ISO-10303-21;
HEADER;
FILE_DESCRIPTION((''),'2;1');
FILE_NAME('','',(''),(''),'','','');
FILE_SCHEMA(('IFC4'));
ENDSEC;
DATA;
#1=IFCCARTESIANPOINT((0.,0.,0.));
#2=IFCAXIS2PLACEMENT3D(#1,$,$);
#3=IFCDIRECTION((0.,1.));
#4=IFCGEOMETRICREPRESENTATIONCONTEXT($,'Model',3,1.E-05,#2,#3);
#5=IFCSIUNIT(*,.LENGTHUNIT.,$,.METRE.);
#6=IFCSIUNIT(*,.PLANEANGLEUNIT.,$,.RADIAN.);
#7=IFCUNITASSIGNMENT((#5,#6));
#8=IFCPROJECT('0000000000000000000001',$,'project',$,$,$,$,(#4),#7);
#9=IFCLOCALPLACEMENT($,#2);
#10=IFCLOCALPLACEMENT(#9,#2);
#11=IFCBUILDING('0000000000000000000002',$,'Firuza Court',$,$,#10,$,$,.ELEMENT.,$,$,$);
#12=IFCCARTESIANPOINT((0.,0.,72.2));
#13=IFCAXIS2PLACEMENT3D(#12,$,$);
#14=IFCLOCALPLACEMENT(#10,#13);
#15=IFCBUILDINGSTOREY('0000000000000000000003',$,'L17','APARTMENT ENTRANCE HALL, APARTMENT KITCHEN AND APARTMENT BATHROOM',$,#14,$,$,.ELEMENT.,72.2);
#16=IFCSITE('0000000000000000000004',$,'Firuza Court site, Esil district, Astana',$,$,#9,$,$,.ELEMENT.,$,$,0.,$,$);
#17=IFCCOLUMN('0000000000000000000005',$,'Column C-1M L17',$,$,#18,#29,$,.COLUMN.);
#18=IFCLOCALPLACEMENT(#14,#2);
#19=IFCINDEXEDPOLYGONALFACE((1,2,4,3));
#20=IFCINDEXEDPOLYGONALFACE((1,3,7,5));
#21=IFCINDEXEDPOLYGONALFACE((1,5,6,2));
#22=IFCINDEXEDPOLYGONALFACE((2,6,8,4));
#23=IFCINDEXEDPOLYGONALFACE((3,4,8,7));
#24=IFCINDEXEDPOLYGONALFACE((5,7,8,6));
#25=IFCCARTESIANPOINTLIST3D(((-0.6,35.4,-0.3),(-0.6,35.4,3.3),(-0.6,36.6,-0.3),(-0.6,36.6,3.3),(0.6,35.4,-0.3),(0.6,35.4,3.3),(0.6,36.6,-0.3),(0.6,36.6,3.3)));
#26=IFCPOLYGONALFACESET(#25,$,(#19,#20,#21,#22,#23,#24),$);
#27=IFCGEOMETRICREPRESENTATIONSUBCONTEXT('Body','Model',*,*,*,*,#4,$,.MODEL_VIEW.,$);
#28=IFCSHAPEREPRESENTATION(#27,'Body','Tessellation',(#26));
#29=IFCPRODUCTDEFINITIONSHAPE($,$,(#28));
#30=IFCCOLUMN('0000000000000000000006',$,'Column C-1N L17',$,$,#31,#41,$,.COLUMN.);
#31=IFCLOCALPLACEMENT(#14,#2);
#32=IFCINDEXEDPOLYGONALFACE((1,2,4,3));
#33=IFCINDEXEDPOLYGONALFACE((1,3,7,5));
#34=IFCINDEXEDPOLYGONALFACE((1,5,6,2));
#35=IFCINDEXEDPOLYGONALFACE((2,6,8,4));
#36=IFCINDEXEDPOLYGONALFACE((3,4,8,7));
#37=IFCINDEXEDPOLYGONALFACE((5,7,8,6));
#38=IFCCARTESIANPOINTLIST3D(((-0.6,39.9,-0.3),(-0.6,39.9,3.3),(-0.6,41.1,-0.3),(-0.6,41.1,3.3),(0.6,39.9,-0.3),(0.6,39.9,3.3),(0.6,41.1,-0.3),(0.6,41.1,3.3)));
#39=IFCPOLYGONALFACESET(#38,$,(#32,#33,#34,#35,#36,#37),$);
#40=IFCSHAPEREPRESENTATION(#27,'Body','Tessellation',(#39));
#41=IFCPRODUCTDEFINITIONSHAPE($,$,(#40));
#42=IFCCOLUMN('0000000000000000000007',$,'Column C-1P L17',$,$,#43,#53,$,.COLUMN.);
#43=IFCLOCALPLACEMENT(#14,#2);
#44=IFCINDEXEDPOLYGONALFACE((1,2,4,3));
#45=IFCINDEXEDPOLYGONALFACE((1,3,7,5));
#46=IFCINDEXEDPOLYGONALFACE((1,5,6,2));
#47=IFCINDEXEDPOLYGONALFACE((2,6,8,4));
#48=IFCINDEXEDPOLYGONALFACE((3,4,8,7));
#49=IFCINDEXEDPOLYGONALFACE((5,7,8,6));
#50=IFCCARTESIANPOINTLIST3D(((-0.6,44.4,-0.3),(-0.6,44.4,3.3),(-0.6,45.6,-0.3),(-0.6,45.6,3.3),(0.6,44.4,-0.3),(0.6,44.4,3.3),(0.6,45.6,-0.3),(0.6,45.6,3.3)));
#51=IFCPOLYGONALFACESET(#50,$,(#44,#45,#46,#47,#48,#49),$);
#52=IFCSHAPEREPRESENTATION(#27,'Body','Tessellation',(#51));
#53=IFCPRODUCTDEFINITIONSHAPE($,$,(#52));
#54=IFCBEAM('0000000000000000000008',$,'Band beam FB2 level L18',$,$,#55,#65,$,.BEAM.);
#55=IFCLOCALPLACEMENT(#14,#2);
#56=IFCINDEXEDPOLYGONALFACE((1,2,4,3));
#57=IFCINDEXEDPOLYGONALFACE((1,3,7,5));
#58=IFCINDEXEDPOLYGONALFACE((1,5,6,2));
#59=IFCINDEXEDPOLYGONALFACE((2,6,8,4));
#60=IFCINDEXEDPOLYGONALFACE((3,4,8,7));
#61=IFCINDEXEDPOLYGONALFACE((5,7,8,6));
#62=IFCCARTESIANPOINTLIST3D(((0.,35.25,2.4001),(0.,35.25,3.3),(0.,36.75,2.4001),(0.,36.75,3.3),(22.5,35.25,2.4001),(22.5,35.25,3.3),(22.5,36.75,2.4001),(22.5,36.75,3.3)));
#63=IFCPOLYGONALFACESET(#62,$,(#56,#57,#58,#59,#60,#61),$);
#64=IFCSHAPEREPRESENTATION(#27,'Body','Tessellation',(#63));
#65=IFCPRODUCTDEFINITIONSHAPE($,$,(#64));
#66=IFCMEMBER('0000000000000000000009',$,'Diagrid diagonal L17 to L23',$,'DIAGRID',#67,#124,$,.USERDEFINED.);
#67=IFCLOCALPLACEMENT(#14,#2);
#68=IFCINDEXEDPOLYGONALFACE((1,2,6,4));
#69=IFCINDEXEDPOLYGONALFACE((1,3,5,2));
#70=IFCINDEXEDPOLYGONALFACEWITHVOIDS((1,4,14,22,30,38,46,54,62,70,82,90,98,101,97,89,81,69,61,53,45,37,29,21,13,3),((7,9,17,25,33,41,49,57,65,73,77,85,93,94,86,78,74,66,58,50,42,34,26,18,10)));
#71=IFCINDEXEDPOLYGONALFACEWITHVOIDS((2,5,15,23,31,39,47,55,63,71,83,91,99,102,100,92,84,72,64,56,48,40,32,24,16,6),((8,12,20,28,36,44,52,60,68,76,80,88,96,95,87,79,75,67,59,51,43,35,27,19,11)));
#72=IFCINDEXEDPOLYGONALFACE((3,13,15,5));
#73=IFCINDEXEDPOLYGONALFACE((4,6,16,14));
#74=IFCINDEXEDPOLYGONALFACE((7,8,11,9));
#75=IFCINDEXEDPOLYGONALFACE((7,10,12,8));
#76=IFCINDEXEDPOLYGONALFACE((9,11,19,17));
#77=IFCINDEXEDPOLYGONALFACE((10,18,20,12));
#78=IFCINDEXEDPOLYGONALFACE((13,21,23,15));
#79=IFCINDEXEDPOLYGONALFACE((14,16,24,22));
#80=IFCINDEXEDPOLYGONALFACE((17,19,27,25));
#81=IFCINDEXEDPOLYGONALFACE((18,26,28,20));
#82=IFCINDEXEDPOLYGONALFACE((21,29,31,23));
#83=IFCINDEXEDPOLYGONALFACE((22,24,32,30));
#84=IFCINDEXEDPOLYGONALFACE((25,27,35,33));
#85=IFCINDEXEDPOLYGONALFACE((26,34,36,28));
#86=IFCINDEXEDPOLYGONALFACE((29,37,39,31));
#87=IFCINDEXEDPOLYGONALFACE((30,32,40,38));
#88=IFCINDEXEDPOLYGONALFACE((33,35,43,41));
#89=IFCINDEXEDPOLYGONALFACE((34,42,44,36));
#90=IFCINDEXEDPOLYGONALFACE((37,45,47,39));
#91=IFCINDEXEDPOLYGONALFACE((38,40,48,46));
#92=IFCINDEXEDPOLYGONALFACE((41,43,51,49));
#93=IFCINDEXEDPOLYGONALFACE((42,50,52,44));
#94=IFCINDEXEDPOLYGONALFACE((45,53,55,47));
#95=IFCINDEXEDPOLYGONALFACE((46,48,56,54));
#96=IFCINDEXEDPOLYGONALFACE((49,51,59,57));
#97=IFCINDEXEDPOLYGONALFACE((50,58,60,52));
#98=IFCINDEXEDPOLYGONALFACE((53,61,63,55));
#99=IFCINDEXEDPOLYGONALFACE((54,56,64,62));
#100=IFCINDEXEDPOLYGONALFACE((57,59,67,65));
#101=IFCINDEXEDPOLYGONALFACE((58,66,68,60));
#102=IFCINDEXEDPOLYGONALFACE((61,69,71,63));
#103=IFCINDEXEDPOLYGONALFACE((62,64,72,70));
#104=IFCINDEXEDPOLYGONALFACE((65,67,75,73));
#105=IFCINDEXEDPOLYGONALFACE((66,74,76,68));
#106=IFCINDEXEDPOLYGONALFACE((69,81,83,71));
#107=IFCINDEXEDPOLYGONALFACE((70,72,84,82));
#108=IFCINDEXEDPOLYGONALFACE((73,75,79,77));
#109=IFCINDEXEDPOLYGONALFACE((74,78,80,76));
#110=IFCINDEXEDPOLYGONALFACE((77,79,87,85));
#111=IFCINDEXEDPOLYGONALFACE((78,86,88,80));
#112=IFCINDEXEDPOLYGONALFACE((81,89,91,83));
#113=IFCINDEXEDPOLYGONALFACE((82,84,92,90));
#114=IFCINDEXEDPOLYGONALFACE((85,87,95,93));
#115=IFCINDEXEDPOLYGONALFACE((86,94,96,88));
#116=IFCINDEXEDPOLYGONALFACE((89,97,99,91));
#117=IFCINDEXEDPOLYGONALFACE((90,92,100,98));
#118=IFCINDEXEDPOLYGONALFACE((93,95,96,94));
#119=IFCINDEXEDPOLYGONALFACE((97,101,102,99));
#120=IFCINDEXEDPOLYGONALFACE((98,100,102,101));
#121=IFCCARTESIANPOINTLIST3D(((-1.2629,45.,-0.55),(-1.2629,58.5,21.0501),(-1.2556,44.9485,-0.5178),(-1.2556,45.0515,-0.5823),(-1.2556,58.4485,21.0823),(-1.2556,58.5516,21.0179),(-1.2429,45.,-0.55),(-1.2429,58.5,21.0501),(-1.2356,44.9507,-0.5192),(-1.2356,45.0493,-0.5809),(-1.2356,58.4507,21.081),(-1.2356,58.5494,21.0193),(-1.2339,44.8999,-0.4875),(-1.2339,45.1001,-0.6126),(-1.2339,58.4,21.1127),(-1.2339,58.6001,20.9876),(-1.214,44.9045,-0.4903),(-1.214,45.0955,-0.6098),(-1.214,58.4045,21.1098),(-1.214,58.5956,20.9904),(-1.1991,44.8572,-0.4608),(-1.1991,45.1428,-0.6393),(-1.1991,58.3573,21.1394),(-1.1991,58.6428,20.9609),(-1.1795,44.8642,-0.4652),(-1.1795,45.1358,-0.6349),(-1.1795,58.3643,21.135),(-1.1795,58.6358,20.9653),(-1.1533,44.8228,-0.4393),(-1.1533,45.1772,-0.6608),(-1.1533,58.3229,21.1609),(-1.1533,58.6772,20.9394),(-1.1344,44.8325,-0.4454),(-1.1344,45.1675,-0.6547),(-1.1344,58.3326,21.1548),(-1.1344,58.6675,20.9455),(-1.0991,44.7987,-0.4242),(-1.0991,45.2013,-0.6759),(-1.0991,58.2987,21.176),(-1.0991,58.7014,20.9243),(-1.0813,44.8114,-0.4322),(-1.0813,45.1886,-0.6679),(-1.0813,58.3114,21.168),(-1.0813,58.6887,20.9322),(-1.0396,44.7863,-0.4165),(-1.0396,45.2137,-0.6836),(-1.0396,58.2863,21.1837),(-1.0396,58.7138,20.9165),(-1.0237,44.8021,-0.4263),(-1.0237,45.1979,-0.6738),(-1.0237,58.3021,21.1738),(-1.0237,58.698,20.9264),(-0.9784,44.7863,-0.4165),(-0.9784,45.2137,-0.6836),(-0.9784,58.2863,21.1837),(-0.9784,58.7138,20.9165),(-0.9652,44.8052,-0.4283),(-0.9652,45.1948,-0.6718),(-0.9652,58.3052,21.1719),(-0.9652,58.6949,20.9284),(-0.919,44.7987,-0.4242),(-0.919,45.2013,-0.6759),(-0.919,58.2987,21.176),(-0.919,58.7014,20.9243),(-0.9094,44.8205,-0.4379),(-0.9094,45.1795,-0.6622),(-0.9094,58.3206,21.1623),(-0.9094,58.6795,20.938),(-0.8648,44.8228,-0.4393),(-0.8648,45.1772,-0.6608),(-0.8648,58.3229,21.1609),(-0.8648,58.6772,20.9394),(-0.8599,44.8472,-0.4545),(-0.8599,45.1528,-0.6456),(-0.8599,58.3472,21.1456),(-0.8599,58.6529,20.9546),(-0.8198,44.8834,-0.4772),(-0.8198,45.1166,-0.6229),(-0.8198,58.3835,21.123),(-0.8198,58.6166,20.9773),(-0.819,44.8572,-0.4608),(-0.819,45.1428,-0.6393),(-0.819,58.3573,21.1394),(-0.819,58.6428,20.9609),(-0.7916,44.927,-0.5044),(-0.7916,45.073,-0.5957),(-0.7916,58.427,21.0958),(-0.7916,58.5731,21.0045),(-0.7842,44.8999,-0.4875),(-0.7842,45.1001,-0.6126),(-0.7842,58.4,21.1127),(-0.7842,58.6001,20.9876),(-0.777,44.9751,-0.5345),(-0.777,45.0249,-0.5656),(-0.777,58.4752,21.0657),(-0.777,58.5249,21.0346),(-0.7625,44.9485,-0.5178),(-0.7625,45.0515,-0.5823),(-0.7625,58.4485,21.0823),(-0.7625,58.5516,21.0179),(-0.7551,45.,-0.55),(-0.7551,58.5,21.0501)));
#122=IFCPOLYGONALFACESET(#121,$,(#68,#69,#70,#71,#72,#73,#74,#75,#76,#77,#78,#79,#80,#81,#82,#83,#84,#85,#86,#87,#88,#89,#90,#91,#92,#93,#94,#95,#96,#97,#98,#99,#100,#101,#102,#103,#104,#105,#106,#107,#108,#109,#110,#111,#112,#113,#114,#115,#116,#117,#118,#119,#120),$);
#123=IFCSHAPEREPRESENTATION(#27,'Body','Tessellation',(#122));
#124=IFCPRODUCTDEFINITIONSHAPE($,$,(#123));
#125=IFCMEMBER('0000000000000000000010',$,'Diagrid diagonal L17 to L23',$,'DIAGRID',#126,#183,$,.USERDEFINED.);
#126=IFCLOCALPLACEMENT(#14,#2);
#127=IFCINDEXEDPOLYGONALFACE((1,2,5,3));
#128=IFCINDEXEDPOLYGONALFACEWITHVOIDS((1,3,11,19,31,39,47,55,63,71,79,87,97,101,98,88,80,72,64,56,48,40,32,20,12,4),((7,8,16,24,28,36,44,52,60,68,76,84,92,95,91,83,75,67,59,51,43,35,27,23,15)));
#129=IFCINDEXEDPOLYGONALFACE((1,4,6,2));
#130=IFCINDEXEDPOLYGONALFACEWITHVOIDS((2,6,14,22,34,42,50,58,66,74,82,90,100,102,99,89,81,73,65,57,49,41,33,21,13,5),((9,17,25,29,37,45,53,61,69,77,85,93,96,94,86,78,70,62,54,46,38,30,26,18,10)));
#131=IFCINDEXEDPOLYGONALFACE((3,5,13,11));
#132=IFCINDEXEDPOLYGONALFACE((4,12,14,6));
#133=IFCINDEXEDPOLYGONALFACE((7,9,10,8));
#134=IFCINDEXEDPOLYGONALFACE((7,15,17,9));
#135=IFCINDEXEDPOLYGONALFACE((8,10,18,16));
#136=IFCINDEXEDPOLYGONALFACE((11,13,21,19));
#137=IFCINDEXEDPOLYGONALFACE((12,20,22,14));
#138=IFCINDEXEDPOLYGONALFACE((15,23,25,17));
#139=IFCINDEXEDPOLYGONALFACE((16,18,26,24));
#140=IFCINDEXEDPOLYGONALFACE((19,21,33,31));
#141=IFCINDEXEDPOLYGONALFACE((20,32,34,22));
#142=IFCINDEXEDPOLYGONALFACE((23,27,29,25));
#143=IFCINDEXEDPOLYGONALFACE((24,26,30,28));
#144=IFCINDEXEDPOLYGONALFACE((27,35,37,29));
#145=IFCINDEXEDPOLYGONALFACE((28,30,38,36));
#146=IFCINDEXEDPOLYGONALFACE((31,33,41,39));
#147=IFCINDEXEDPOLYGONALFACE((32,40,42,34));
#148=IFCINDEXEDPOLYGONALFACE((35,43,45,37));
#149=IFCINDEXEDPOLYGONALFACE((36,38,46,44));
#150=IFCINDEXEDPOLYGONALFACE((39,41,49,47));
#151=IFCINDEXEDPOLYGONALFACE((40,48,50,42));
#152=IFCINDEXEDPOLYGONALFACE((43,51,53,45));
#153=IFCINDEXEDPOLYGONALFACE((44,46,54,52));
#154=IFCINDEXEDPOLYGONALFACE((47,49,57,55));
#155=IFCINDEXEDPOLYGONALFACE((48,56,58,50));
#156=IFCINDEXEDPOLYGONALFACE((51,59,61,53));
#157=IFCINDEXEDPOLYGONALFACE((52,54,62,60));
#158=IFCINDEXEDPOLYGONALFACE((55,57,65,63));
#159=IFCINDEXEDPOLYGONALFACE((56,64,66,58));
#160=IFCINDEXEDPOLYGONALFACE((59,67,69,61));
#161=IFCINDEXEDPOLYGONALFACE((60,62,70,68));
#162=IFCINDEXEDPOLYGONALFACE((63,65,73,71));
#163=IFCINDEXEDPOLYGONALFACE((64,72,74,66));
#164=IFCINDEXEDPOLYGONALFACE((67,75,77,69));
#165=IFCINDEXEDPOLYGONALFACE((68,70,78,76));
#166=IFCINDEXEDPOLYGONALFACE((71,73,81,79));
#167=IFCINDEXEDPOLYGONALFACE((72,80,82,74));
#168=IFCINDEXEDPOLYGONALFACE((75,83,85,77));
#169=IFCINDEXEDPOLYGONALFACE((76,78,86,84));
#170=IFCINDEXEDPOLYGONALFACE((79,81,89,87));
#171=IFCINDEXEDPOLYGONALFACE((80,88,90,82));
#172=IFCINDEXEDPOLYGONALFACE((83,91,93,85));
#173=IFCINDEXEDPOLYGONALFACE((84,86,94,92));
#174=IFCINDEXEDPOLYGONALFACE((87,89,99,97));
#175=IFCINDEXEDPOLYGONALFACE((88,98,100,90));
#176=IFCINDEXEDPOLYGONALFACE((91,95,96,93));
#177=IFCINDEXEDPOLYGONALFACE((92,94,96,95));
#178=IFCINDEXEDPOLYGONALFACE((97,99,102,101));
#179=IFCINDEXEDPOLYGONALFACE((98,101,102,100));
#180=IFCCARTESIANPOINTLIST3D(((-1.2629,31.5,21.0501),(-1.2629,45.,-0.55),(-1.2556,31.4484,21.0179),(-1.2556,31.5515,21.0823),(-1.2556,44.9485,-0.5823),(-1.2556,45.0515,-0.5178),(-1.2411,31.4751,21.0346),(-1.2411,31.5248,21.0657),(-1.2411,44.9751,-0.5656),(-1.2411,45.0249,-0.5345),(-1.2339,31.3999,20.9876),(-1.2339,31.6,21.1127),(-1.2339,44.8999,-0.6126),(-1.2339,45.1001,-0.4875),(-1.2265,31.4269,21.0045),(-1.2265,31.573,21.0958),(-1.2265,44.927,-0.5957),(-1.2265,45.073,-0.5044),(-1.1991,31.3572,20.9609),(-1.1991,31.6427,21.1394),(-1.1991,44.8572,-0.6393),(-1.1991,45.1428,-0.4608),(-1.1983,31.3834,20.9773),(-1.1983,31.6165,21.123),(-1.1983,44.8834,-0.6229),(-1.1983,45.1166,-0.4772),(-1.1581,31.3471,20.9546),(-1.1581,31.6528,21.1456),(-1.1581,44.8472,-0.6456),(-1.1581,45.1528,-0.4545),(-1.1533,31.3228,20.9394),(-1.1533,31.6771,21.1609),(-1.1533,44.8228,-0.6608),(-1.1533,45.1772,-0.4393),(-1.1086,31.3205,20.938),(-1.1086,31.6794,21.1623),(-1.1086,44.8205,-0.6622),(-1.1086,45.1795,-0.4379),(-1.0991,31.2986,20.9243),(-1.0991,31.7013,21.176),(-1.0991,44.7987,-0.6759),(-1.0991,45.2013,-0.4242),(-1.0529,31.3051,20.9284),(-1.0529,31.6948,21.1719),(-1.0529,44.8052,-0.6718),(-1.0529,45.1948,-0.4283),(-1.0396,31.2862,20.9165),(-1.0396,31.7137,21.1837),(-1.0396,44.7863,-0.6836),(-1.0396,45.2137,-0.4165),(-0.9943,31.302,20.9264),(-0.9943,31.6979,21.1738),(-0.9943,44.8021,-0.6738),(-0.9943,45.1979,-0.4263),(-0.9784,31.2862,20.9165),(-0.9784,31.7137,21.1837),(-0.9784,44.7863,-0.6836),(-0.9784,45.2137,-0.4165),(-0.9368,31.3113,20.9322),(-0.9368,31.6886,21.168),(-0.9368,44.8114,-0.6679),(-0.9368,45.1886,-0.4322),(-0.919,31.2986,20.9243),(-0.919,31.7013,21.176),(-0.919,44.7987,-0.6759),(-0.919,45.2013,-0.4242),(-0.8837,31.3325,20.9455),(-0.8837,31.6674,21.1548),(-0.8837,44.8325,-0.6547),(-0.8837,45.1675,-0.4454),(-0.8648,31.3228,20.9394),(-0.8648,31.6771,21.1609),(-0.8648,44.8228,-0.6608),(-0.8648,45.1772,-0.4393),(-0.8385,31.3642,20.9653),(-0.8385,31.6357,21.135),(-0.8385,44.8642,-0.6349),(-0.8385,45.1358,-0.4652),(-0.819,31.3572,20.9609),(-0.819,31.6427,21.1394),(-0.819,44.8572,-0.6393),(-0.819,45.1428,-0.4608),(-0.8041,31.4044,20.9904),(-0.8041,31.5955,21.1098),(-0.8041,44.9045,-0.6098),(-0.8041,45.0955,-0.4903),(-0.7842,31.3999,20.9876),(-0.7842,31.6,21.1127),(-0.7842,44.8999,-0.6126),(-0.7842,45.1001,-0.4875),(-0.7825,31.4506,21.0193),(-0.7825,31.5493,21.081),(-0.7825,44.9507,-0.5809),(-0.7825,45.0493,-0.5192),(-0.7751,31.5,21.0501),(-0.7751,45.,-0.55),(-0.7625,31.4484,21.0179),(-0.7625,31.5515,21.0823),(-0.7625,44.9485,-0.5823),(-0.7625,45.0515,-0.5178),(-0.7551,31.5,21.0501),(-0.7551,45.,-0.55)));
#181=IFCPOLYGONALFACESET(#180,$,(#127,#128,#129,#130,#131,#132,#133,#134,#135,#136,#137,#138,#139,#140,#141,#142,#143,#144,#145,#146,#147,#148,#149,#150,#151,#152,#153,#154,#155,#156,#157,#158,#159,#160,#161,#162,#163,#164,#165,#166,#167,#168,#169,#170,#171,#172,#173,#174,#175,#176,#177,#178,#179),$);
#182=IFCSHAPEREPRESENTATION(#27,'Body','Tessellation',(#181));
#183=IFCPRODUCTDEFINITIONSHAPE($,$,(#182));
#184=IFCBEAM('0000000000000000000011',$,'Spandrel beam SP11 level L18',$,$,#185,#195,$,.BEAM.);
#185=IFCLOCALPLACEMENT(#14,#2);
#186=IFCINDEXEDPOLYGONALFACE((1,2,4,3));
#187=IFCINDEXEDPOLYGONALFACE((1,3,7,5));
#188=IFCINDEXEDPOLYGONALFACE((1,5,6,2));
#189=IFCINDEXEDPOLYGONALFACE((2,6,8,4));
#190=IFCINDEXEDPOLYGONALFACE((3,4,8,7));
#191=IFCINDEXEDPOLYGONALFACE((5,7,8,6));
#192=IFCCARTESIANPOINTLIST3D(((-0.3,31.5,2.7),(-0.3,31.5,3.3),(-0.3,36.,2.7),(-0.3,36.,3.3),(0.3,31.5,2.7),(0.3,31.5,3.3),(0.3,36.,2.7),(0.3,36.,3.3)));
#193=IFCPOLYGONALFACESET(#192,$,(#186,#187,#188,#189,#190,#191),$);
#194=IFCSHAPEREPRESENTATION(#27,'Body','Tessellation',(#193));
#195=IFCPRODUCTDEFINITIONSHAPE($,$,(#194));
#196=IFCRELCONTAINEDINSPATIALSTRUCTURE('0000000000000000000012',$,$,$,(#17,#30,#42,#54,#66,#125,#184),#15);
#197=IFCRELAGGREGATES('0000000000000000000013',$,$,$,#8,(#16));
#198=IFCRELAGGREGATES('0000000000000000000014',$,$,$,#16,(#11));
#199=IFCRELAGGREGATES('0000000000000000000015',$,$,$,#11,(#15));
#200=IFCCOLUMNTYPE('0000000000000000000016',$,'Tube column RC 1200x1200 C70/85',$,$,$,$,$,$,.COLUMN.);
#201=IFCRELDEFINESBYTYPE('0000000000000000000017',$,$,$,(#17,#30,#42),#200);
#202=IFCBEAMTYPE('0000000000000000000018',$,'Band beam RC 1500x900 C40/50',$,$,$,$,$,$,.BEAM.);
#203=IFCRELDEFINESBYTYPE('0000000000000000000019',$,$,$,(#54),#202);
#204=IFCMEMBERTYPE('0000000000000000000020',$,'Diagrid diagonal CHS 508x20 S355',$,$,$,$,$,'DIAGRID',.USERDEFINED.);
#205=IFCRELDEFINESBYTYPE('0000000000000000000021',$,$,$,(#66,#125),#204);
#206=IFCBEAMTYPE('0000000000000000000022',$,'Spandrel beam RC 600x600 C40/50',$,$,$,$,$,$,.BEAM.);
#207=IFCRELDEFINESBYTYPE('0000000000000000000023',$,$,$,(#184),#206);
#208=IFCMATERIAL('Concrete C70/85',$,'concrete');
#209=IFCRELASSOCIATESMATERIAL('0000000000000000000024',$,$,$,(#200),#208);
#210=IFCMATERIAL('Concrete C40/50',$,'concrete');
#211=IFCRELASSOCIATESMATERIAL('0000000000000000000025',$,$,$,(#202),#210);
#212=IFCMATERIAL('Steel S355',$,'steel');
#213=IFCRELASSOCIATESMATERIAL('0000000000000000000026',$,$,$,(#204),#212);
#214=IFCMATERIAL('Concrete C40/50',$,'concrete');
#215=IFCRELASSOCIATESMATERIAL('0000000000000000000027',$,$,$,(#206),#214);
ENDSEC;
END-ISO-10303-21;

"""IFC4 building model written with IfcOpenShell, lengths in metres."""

from ifc_helpers import new_model, si_unit, direction, frame, origin, origin_2d, place, context, subcontext, project, spatial, rectangle, hollow_circle, extrude, material, material_profile, profile_set, type_object, element, save


model = new_model("IFC4")

# Units and contexts
model_context = context("Model", 3, precision=1e-05, world=origin(), true_north=direction((0.0, 1.0)))
body_context = subcontext(model_context, "Body", "Model", "MODEL_VIEW")
ifc_project = project(units=[si_unit("LENGTHUNIT", "METRE"), si_unit("PLANEANGLEUNIT", "RADIAN")], contexts=[model_context])

# Site, building, storey
site_placement = place(None, origin())
site = spatial("IfcSite", under=ifc_project, at=site_placement, Name="Firuza Court site, Esil district, Astana", CompositionType="ELEMENT", RefElevation=0.0)
building_placement = place(site_placement, origin())
building = spatial("IfcBuilding", under=site, at=building_placement, Name="Firuza Court", CompositionType="ELEMENT")
storey_placement = place(building_placement, frame((0.0, 0.0, 72.2)))
storey = spatial("IfcBuildingStorey", under=building, at=storey_placement, Name="L17", Description="APARTMENT ENTRANCE HALL, APARTMENT KITCHEN AND APARTMENT BATHROOM", CompositionType="ELEMENT", Elevation=72.2)

# Columns
ifc_material_1 = material(Name="Concrete C70/85", Category="concrete")
ifc_material_profile_1 = material_profile(ifc_material_1, rectangle(XDim=1.2, YDim=1.2, at=origin_2d()), Name="RC 1200x1200")
ifc_profile_set_1 = profile_set([ifc_material_profile_1], Name="Concrete C70/85")
column_type = type_object("IfcColumnType", Name="Tube column RC 1200x1200 C70/85", PredefinedType="COLUMN", material=ifc_profile_set_1)
for number, where, z_axis, x_axis, name in (
    (1, (0.0, 36.0, -0.3), (0.0, 0.0, 1.0), (1.0, 0.0, 0.0), "Column C-1M L17"),
    (2, (0.0, 40.5, -0.3), (0.0, 0.0, 1.0), (1.0, 0.0, 0.0), "Column C-1N L17"),
    (3, (0.0, 45.0, -0.3), (0.0, 0.0, 1.0), (1.0, 0.0, 0.0), "Column C-1P L17"),
):
    element("IfcColumn", number, at=place(storey_placement, frame(where, z_axis=z_axis, x_axis=x_axis)), inside=storey, type_object=column_type, Name=name, PredefinedType="COLUMN", context=body_context, shape_type="SweptSolid", body=[
        extrude(rectangle(XDim=1.2, YDim=1.2, at=origin_2d()), origin(), (0.0, 0.0, 1.0), 3.6001),
    ])

# Beam
ifc_material_2 = material(Name="Concrete C40/50", Category="concrete")
ifc_material_profile_2 = material_profile(ifc_material_2, rectangle(XDim=1.5, YDim=0.8999, at=origin_2d()), Name="RC 1500x900")
ifc_profile_set_2 = profile_set([ifc_material_profile_2], Name="Concrete C40/50")
beam_type_1 = type_object("IfcBeamType", Name="Band beam RC 1500x900 C40/50", PredefinedType="BEAM", material=ifc_profile_set_2)
beam_placement = place(storey_placement, frame((0.0, 36.0, 2.8501), z_axis=(1.0, 0.0, 0.0), x_axis=(0.0, 1.0, 0.0)))
element("IfcBeam", 4, at=beam_placement, inside=storey, type_object=beam_type_1, Name="Band beam FB2 level L18", PredefinedType="BEAM", context=body_context, shape_type="SweptSolid", body=[
    extrude(rectangle(XDim=1.5, YDim=0.8999, at=origin_2d()), origin(), (0.0, 0.0, 1.0), 22.5),
])

# Members
ifc_material_3 = material(Name="Steel S355", Category="steel")
ifc_material_profile_3 = material_profile(ifc_material_3, hollow_circle(Radius=0.2539, WallThickness=0.02, at=origin_2d()), Name="CHS 508x20")
ifc_profile_set_3 = profile_set([ifc_material_profile_3], Name="Steel S355")
member_type = type_object("IfcMemberType", Name="Diagrid diagonal CHS 508x20 S355", ElementType="DIAGRID", PredefinedType="USERDEFINED", material=ifc_profile_set_3)
for number, where, z_axis, x_axis, name in (
    (5, (-1.009, 45.0, -0.55), (0.0, 0.529997, 0.847999), (-1.0, 0.0, 0.0), "Diagrid diagonal L17 to L23"),
    (6, (-1.009, 45.0, -0.55), (0.0, -0.529997, 0.847999), (1.0, 0.0, 0.0), "Diagrid diagonal L17 to L23"),
):
    element("IfcMember", number, at=place(storey_placement, frame(where, z_axis=z_axis, x_axis=x_axis)), inside=storey, type_object=member_type, Name=name, ObjectType="DIAGRID", PredefinedType="USERDEFINED", context=body_context, shape_type="SweptSolid", body=[
        extrude(hollow_circle(Radius=0.2539, WallThickness=0.02, at=origin_2d()), origin(), (0.0, 0.0, 1.0), 25.4719),
    ])

# Beam
ifc_material_4 = material(Name="Concrete C40/50", Category="concrete")
ifc_material_profile_4 = material_profile(ifc_material_4, rectangle(XDim=0.6001, YDim=0.6001, at=origin_2d()), Name="RC 600x600")
ifc_profile_set_4 = profile_set([ifc_material_profile_4], Name="Concrete C40/50")
beam_type_2 = type_object("IfcBeamType", Name="Spandrel beam RC 600x600 C40/50", PredefinedType="BEAM", material=ifc_profile_set_4)
for number, where, z_axis, x_axis, name in (
    (7, (0.0, 36.0, 3.0), (0.0, -1.0, 0.0), (1.0, 0.0, 0.0), "Spandrel beam SP11 level L18"),
):
    element("IfcBeam", number, at=place(storey_placement, frame(where, z_axis=z_axis, x_axis=x_axis)), inside=storey, type_object=beam_type_2, Name=name, PredefinedType="BEAM", context=body_context, shape_type="SweptSolid", body=[
        extrude(rectangle(XDim=0.6001, YDim=0.6001, at=origin_2d()), origin(), (0.0, 0.0, 1.0), 4.5),
    ])

save(model, "model.ifc")
